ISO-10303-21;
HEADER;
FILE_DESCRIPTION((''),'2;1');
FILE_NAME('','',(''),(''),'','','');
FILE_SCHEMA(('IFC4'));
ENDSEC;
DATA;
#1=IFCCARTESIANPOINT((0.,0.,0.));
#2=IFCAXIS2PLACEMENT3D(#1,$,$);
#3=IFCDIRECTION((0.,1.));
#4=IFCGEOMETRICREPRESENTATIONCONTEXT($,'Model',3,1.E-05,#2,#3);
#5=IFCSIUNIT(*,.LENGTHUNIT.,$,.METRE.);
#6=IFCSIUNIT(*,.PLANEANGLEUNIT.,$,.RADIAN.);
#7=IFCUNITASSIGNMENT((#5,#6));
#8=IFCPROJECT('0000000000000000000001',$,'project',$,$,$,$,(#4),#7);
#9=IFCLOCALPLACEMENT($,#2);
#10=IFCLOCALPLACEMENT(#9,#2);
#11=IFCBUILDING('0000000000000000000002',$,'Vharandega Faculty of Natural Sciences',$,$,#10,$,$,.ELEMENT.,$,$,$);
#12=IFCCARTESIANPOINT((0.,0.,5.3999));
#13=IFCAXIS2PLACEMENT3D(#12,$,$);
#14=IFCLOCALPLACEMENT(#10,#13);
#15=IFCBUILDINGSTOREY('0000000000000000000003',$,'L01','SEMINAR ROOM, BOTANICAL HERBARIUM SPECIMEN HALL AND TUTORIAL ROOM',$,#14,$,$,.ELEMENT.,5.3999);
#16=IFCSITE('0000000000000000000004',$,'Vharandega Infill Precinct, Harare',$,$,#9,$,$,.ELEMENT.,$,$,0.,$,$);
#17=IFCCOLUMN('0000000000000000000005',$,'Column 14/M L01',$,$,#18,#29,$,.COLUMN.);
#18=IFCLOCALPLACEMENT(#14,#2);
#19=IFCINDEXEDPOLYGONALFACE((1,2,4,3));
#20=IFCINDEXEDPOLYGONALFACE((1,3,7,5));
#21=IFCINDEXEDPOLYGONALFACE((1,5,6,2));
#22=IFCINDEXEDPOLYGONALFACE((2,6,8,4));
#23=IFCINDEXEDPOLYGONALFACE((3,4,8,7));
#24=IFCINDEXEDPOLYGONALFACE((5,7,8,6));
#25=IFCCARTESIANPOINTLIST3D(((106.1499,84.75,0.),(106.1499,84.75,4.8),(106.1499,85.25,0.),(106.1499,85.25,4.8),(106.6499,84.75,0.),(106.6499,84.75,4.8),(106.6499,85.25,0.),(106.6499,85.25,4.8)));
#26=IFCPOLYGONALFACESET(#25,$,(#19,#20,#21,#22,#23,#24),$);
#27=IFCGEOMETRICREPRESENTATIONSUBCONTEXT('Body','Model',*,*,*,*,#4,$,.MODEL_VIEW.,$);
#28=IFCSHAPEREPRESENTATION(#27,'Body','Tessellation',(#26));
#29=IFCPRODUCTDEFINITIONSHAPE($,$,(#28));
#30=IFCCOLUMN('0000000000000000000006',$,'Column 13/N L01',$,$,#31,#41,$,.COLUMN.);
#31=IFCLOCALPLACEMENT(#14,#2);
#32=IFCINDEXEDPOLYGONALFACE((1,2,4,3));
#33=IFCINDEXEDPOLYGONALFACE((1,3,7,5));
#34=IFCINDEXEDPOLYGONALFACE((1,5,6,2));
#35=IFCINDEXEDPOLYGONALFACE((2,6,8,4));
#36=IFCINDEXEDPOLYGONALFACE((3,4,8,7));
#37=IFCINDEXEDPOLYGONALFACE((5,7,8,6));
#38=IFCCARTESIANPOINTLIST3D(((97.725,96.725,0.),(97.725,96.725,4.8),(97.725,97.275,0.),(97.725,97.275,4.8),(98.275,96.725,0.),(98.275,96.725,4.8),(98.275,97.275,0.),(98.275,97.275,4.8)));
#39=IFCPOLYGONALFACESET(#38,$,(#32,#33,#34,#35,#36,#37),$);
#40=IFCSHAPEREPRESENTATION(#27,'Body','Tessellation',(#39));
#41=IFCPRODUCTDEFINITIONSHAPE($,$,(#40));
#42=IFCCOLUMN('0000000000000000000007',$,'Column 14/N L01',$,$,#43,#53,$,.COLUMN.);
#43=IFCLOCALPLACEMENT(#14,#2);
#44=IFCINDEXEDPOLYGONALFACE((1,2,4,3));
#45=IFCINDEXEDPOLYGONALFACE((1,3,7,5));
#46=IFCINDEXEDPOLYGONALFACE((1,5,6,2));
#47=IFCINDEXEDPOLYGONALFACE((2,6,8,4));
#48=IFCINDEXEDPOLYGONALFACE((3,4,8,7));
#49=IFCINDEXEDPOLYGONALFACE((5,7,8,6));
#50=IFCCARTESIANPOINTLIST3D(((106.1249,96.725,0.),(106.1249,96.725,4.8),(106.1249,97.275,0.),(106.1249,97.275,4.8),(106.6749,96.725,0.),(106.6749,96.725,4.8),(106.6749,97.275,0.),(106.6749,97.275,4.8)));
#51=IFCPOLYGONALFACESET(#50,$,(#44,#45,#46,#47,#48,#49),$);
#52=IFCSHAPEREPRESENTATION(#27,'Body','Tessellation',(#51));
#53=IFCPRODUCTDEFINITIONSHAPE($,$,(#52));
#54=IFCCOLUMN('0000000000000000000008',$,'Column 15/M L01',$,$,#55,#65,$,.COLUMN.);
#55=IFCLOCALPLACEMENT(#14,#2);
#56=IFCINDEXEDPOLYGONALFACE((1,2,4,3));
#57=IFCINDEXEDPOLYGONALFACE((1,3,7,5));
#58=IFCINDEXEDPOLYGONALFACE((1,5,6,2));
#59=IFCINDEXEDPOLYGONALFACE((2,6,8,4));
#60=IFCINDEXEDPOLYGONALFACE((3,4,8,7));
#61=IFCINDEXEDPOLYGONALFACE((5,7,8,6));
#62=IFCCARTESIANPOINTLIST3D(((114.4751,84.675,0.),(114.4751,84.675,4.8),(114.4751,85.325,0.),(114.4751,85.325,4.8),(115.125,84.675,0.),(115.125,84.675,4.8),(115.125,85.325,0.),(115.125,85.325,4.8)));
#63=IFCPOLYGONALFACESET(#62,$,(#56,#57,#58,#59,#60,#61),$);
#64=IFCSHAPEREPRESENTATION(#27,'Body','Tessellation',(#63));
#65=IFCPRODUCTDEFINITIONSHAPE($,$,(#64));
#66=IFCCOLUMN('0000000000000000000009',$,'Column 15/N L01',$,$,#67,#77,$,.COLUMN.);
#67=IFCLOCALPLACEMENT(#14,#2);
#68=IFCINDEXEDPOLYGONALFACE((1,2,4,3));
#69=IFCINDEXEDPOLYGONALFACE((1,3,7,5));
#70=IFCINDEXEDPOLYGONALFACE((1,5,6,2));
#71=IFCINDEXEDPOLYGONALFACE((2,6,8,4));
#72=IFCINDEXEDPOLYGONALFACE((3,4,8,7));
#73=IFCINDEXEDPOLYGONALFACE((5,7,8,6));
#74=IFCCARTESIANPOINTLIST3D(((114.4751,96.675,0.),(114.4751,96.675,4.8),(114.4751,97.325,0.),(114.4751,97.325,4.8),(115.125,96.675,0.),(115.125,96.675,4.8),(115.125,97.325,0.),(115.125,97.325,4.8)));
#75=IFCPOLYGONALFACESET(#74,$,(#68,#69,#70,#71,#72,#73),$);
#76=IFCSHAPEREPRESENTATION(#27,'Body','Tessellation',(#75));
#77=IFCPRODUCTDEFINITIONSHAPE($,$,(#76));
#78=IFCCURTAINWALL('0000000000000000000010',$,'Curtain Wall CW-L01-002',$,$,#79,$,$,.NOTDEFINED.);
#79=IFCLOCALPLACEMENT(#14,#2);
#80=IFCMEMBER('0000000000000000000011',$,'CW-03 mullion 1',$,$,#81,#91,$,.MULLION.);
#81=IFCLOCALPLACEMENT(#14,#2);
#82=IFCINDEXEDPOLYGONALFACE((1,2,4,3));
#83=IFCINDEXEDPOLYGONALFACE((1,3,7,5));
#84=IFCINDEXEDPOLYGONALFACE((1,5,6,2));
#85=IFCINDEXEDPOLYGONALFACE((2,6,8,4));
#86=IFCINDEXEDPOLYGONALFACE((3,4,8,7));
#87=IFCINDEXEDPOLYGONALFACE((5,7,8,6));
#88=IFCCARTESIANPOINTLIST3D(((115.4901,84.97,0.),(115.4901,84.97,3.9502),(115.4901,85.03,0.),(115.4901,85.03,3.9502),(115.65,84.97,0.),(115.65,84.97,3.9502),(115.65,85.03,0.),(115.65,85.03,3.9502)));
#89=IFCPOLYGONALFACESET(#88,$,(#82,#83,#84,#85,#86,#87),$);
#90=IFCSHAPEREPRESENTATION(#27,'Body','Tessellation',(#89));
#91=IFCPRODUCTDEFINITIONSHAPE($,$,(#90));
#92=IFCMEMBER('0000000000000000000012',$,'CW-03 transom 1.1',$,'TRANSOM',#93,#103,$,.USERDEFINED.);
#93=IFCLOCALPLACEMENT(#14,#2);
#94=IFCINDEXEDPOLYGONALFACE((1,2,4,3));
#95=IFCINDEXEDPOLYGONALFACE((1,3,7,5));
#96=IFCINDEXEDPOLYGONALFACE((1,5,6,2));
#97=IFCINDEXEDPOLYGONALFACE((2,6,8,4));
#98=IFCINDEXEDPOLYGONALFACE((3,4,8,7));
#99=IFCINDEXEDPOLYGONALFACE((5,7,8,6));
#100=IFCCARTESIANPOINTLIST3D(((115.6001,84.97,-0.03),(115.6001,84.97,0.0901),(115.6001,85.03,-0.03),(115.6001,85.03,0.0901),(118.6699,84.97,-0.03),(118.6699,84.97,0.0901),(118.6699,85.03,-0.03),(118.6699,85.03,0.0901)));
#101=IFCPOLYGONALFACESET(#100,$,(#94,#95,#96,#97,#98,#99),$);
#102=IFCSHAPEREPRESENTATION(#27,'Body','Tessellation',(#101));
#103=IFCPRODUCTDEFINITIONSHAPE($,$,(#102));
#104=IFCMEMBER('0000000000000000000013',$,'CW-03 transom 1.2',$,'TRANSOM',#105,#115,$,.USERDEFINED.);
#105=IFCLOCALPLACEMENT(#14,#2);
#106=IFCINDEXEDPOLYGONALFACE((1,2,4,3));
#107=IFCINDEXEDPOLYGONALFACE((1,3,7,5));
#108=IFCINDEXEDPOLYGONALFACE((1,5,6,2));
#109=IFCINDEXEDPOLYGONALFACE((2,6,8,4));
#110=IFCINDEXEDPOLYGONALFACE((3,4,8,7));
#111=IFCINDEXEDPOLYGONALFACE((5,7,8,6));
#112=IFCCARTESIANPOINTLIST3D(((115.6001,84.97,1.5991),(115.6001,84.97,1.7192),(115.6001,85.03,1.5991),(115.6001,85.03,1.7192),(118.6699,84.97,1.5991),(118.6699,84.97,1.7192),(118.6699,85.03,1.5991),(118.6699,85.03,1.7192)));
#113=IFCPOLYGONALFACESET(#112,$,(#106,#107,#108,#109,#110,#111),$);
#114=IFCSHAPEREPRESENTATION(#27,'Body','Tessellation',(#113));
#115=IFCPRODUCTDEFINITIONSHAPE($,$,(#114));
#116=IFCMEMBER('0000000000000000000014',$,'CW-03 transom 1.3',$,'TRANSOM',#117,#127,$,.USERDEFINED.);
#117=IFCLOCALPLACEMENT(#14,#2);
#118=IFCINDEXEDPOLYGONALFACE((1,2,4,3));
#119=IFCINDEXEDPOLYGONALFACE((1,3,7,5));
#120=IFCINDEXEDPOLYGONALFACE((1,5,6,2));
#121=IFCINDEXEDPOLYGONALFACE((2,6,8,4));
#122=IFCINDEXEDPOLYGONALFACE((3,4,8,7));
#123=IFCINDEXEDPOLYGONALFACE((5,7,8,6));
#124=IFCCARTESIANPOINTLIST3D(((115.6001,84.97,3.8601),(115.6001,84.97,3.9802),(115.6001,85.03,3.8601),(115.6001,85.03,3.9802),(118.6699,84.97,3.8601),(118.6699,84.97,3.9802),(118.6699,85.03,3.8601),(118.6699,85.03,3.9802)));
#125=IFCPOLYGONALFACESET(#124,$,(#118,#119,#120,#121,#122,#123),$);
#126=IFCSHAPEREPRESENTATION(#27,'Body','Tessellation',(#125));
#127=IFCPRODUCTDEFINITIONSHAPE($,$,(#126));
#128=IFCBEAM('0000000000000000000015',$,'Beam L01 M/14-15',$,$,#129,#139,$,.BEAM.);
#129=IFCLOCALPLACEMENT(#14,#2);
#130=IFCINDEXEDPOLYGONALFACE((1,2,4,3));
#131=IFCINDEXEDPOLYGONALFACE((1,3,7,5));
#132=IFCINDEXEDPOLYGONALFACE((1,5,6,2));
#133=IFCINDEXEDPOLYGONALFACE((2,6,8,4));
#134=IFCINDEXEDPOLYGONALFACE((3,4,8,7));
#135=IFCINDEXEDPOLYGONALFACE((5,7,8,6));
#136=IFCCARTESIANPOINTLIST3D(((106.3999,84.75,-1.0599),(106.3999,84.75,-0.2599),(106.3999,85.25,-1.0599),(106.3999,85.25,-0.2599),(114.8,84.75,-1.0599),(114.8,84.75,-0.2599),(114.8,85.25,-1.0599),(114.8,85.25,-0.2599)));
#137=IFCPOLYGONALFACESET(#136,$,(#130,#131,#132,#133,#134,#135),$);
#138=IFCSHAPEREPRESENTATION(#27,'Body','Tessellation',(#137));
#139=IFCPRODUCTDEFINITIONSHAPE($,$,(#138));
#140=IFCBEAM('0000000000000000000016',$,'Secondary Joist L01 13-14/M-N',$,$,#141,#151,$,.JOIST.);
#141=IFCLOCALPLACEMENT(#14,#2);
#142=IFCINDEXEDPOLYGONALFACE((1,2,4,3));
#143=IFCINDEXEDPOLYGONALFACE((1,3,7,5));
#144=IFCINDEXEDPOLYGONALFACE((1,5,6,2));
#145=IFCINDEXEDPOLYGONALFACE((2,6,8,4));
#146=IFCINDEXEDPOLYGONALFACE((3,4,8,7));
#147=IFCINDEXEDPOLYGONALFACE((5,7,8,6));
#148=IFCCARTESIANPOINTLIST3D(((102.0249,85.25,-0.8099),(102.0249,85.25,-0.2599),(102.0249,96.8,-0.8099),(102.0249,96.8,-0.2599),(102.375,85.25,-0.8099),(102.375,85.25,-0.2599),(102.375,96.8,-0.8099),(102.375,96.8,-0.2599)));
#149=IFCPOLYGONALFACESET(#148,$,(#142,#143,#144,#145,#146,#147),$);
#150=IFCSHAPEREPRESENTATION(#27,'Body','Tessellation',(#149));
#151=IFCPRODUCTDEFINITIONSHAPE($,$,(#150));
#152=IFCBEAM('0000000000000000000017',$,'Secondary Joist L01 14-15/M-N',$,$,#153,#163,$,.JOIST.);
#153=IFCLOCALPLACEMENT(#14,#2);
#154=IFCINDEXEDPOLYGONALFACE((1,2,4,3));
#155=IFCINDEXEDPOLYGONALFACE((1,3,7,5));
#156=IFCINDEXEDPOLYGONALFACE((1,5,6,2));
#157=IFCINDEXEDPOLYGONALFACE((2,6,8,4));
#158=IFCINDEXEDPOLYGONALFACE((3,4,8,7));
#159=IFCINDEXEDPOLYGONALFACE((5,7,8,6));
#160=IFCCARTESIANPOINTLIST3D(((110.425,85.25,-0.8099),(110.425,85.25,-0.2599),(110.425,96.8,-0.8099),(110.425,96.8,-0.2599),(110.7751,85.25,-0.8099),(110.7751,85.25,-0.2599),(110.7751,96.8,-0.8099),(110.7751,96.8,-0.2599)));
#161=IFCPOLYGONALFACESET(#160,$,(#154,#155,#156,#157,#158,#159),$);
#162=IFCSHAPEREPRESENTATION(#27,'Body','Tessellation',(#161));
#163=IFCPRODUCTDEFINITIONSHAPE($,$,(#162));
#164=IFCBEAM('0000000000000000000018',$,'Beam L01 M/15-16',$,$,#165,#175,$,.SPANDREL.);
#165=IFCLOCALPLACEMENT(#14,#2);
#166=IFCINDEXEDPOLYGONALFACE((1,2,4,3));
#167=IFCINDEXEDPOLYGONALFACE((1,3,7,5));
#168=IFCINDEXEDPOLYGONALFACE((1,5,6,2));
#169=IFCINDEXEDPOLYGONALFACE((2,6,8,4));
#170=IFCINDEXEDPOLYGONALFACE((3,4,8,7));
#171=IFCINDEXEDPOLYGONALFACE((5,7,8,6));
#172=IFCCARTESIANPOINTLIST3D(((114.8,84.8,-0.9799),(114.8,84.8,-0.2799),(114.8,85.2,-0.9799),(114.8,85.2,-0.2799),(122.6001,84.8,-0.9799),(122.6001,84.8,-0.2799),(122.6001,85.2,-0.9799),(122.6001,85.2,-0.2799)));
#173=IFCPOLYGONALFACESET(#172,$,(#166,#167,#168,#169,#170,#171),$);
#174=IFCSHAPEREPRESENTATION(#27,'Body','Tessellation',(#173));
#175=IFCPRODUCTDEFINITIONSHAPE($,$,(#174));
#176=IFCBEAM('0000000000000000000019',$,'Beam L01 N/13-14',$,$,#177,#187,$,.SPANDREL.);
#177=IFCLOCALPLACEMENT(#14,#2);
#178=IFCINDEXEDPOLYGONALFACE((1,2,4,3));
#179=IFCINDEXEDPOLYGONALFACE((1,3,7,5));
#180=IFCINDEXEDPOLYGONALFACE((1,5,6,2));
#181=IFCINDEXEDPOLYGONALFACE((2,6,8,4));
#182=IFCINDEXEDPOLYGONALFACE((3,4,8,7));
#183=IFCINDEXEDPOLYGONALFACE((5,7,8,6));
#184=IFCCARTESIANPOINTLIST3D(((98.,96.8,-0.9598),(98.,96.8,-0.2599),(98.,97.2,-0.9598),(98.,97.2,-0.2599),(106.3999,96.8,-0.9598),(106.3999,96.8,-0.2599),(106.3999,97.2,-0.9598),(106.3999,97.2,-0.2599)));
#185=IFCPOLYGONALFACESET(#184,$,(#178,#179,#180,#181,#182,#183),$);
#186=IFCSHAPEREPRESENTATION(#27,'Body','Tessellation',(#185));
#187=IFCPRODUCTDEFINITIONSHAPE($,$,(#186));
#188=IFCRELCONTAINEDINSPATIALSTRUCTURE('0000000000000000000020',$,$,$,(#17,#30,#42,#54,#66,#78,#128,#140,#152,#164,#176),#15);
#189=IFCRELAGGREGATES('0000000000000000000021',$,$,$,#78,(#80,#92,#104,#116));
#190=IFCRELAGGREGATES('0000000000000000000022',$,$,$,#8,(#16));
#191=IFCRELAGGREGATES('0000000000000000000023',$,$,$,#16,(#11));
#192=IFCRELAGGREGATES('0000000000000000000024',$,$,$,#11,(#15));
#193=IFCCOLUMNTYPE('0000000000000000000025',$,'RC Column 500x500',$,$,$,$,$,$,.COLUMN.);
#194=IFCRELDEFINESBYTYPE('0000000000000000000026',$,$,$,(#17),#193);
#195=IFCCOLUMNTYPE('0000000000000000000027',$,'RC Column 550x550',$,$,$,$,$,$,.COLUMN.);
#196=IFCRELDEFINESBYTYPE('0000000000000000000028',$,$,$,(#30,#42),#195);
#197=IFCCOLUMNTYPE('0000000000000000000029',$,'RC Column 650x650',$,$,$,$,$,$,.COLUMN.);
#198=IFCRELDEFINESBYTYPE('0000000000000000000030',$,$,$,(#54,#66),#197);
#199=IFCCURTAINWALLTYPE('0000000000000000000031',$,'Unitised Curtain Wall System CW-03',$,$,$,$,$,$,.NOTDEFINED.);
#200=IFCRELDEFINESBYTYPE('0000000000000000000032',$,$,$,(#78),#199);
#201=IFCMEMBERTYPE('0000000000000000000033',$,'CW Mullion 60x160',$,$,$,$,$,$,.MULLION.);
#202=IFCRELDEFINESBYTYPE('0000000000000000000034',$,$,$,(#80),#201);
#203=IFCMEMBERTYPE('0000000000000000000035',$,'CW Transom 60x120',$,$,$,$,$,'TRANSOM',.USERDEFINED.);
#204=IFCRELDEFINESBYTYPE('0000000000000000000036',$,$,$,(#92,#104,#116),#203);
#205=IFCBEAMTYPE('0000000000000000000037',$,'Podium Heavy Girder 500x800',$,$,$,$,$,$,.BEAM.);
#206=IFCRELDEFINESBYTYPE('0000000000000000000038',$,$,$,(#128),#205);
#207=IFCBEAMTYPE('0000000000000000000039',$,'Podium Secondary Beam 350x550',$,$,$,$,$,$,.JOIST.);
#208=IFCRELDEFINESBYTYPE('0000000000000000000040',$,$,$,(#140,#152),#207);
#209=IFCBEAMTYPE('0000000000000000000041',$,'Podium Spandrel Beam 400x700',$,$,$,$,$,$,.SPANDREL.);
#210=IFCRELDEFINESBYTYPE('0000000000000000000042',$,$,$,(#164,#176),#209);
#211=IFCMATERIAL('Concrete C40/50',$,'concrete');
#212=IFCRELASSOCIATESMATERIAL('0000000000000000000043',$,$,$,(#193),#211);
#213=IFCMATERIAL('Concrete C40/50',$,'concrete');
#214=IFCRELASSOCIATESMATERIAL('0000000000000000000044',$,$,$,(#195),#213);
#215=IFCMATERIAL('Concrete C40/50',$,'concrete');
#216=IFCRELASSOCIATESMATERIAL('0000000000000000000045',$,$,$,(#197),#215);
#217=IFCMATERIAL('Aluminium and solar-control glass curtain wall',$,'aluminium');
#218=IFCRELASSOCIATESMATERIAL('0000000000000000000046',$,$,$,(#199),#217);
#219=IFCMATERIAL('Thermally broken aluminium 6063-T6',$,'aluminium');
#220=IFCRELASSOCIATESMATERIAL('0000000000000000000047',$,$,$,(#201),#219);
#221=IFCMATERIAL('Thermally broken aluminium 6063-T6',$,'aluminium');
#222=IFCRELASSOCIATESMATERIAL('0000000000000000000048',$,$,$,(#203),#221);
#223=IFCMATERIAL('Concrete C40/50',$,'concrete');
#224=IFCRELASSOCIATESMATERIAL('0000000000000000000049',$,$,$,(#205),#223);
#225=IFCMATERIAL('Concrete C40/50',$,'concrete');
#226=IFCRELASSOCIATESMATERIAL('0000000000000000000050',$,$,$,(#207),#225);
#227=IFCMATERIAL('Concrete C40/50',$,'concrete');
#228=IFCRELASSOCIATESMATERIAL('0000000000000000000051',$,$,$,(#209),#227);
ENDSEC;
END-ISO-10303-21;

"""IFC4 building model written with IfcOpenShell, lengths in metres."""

from ifc_helpers import new_model, si_unit, direction, frame, origin, origin_2d, place, context, subcontext, project, spatial, rectangle, extrude, material, material_profile, profile_set, type_object, element, aggregate, save


model = new_model("IFC4")

# Units and contexts
model_context = context("Model", 3, precision=1e-05, world=origin(), true_north=direction((0.0, 1.0)))
body_context = subcontext(model_context, "Body", "Model", "MODEL_VIEW")
ifc_project = project(units=[si_unit("LENGTHUNIT", "METRE"), si_unit("PLANEANGLEUNIT", "RADIAN")], contexts=[model_context])

# Site, building, storey
site_placement = place(None, origin())
site = spatial("IfcSite", under=ifc_project, at=site_placement, Name="Vharandega Infill Precinct, Harare", CompositionType="ELEMENT", RefElevation=0.0)
building_placement = place(site_placement, origin())
building = spatial("IfcBuilding", under=site, at=building_placement, Name="Vharandega Faculty of Natural Sciences", CompositionType="ELEMENT")
storey_placement = place(building_placement, frame((0.0, 0.0, 5.3999)))
storey = spatial("IfcBuildingStorey", under=building, at=storey_placement, Name="L01", Description="SEMINAR ROOM, BOTANICAL HERBARIUM SPECIMEN HALL AND TUTORIAL ROOM", CompositionType="ELEMENT", Elevation=5.3999)

# Columns
ifc_material_1 = material(Name="Concrete C40/50", Category="concrete")
ifc_material_profile_1 = material_profile(ifc_material_1, rectangle(XDim=0.5, YDim=0.5, at=origin_2d()), Name="RC 500x500")
ifc_profile_set_1 = profile_set([ifc_material_profile_1], Name="Concrete C40/50")
column_type_1 = type_object("IfcColumnType", Name="RC Column 500x500", PredefinedType="COLUMN", material=ifc_profile_set_1)
column_placement = place(storey_placement, frame((106.3999, 85.0, 0.0), z_axis=(0.0, 0.0, 1.0), x_axis=(1.0, 0.0, 0.0)))
element("IfcColumn", 1, at=column_placement, inside=storey, type_object=column_type_1, Name="Column 14/M L01", PredefinedType="COLUMN", context=body_context, shape_type="SweptSolid", body=[
    extrude(rectangle(XDim=0.5, YDim=0.5, at=origin_2d()), origin(), (0.0, 0.0, 1.0), 4.8),
])
ifc_material_2 = material(Name="Concrete C40/50", Category="concrete")
ifc_material_profile_2 = material_profile(ifc_material_2, rectangle(XDim=0.55, YDim=0.55, at=origin_2d()), Name="RC 550x550")
ifc_profile_set_2 = profile_set([ifc_material_profile_2], Name="Concrete C40/50")
column_type_2 = type_object("IfcColumnType", Name="RC Column 550x550", PredefinedType="COLUMN", material=ifc_profile_set_2)
for number, where, z_axis, x_axis, name in (
    (2, (98.0, 97.0, 0.0), (0.0, 0.0, 1.0), (1.0, 0.0, 0.0), "Column 13/N L01"),
    (3, (106.3999, 97.0, 0.0), (0.0, 0.0, 1.0), (1.0, 0.0, 0.0), "Column 14/N L01"),
):
    element("IfcColumn", number, at=place(storey_placement, frame(where, z_axis=z_axis, x_axis=x_axis)), inside=storey, type_object=column_type_2, Name=name, PredefinedType="COLUMN", context=body_context, shape_type="SweptSolid", body=[
        extrude(rectangle(XDim=0.55, YDim=0.55, at=origin_2d()), origin(), (0.0, 0.0, 1.0), 4.8),
    ])
ifc_material_3 = material(Name="Concrete C40/50", Category="concrete")
ifc_material_profile_3 = material_profile(ifc_material_3, rectangle(XDim=0.6499, YDim=0.6499, at=origin_2d()), Name="RC 650x650")
ifc_profile_set_3 = profile_set([ifc_material_profile_3], Name="Concrete C40/50")
column_type_3 = type_object("IfcColumnType", Name="RC Column 650x650", PredefinedType="COLUMN", material=ifc_profile_set_3)
for number, where, z_axis, x_axis, name in (
    (4, (114.8, 85.0, 0.0), (0.0, 0.0, 1.0), (1.0, 0.0, 0.0), "Column 15/M L01"),
    (5, (114.8, 97.0, 0.0), (0.0, 0.0, 1.0), (1.0, 0.0, 0.0), "Column 15/N L01"),
):
    element("IfcColumn", number, at=place(storey_placement, frame(where, z_axis=z_axis, x_axis=x_axis)), inside=storey, type_object=column_type_3, Name=name, PredefinedType="COLUMN", context=body_context, shape_type="SweptSolid", body=[
        extrude(rectangle(XDim=0.6499, YDim=0.6499, at=origin_2d()), origin(), (0.0, 0.0, 1.0), 4.8),
    ])

# Curtain wall, members
ifc_material_4 = material(Name="Aluminium and solar-control glass curtain wall", Category="aluminium")
curtain_wall_type = type_object("IfcCurtainWallType", Name="Unitised Curtain Wall System CW-03", PredefinedType="NOTDEFINED", material=ifc_material_4)
curtain_wall_placement = place(storey_placement, origin())
curtain_wall = element("IfcCurtainWall", 6, at=curtain_wall_placement, inside=storey, type_object=curtain_wall_type, Name="Curtain Wall CW-L01-002", PredefinedType="NOTDEFINED")
ifc_material_5 = material(Name="Thermally broken aluminium 6063-T6", Category="aluminium")
ifc_material_profile_4 = material_profile(ifc_material_5, rectangle(XDim=0.0601, YDim=0.1599, at=origin_2d()), Name="ALU 60x160")
ifc_profile_set_4 = profile_set([ifc_material_profile_4], Name="Thermally broken aluminium 6063-T6")
member_type_1 = type_object("IfcMemberType", Name="CW Mullion 60x160", PredefinedType="MULLION", material=ifc_profile_set_4)
member_1_placement = place(storey_placement, frame((115.5701, 85.0, 0.0), z_axis=(0.0, 0.0, 1.0), x_axis=(0.0, 1.0, 0.0)))
member_1 = element("IfcMember", 7, at=member_1_placement, type_object=member_type_1, Name="CW-03 mullion 1", PredefinedType="MULLION", context=body_context, shape_type="SweptSolid", body=[
    extrude(rectangle(XDim=0.0601, YDim=0.1599, at=origin_2d()), origin(), (0.0, 0.0, 1.0), 3.9502),
])
ifc_material_6 = material(Name="Thermally broken aluminium 6063-T6", Category="aluminium")
ifc_material_profile_5 = material_profile(ifc_material_6, rectangle(XDim=0.0601, YDim=0.1201, at=origin_2d()), Name="ALU 60x120")
ifc_profile_set_5 = profile_set([ifc_material_profile_5], Name="Thermally broken aluminium 6063-T6")
member_type_2 = type_object("IfcMemberType", Name="CW Transom 60x120", ElementType="TRANSOM", PredefinedType="USERDEFINED", material=ifc_profile_set_5)
member_2_placement = place(storey_placement, frame((115.6001, 85.0, 0.03), z_axis=(1.0, 0.0, 0.0), x_axis=(0.0, 1.0, 0.0)))
member_2 = element("IfcMember", 8, at=member_2_placement, type_object=member_type_2, Name="CW-03 transom 1.1", ObjectType="TRANSOM", PredefinedType="USERDEFINED", context=body_context, shape_type="SweptSolid", body=[
    extrude(rectangle(XDim=0.0601, YDim=0.1201, at=origin_2d()), origin(), (0.0, 0.0, 1.0), 3.0698),
])
member_3_placement = place(storey_placement, frame((115.6001, 85.0, 1.6592), z_axis=(1.0, 0.0, 0.0), x_axis=(0.0, 1.0, 0.0)))
member_3 = element("IfcMember", 9, at=member_3_placement, type_object=member_type_2, Name="CW-03 transom 1.2", ObjectType="TRANSOM", PredefinedType="USERDEFINED", context=body_context, shape_type="SweptSolid", body=[
    extrude(rectangle(XDim=0.0601, YDim=0.1201, at=origin_2d()), origin(), (0.0, 0.0, 1.0), 3.0698),
])
member_4_placement = place(storey_placement, frame((115.6001, 85.0, 3.9202), z_axis=(1.0, 0.0, 0.0), x_axis=(0.0, 1.0, 0.0)))
member_4 = element("IfcMember", 10, at=member_4_placement, type_object=member_type_2, Name="CW-03 transom 1.3", ObjectType="TRANSOM", PredefinedType="USERDEFINED", context=body_context, shape_type="SweptSolid", body=[
    extrude(rectangle(XDim=0.0601, YDim=0.1201, at=origin_2d()), origin(), (0.0, 0.0, 1.0), 3.0698),
])

# Beams
ifc_material_7 = material(Name="Concrete C40/50", Category="concrete")
ifc_material_profile_6 = material_profile(ifc_material_7, rectangle(XDim=0.5, YDim=0.8, at=origin_2d()), Name="RC 500x800")
ifc_profile_set_6 = profile_set([ifc_material_profile_6], Name="Concrete C40/50")
beam_type_1 = type_object("IfcBeamType", Name="Podium Heavy Girder 500x800", PredefinedType="BEAM", material=ifc_profile_set_6)
beam_1_placement = place(storey_placement, frame((106.3999, 85.0, -0.6599), z_axis=(1.0, 0.0, 0.0), x_axis=(0.0, 1.0, 0.0)))
element("IfcBeam", 11, at=beam_1_placement, inside=storey, type_object=beam_type_1, Name="Beam L01 M/14-15", PredefinedType="BEAM", context=body_context, shape_type="SweptSolid", body=[
    extrude(rectangle(XDim=0.5, YDim=0.8, at=origin_2d()), origin(), (0.0, 0.0, 1.0), 8.4001),
])
ifc_material_8 = material(Name="Concrete C40/50", Category="concrete")
ifc_material_profile_7 = material_profile(ifc_material_8, rectangle(XDim=0.3501, YDim=0.55, at=origin_2d()), Name="RC 350x550")
ifc_profile_set_7 = profile_set([ifc_material_profile_7], Name="Concrete C40/50")
beam_type_2 = type_object("IfcBeamType", Name="Podium Secondary Beam 350x550", PredefinedType="JOIST", material=ifc_profile_set_7)
for number, where, z_axis, x_axis, name in (
    (12, (102.2, 85.25, -0.5349), (0.0, 1.0, 0.0), (-1.0, 0.0, 0.0), "Secondary Joist L01 13-14/M-N"),
    (13, (110.6001, 85.25, -0.5349), (0.0, 1.0, 0.0), (-1.0, 0.0, 0.0), "Secondary Joist L01 14-15/M-N"),
):
    element("IfcBeam", number, at=place(storey_placement, frame(where, z_axis=z_axis, x_axis=x_axis)), inside=storey, type_object=beam_type_2, Name=name, PredefinedType="JOIST", context=body_context, shape_type="SweptSolid", body=[
        extrude(rectangle(XDim=0.3501, YDim=0.55, at=origin_2d()), origin(), (0.0, 0.0, 1.0), 11.55),
    ])
ifc_material_9 = material(Name="Concrete C40/50", Category="concrete")
ifc_material_profile_8 = material_profile(ifc_material_9, rectangle(XDim=0.3999, YDim=0.7, at=origin_2d()), Name="RC 400x700")
ifc_profile_set_8 = profile_set([ifc_material_profile_8], Name="Concrete C40/50")
beam_type_3 = type_object("IfcBeamType", Name="Podium Spandrel Beam 400x700", PredefinedType="SPANDREL", material=ifc_profile_set_8)
beam_2_placement = place(storey_placement, frame((114.8, 85.0, -0.6299), z_axis=(1.0, 0.0, 0.0), x_axis=(0.0, 1.0, 0.0)))
element("IfcBeam", 14, at=beam_2_placement, inside=storey, type_object=beam_type_3, Name="Beam L01 M/15-16", PredefinedType="SPANDREL", context=body_context, shape_type="SweptSolid", body=[
    extrude(rectangle(XDim=0.3999, YDim=0.7, at=origin_2d()), origin(), (0.0, 0.0, 1.0), 7.8),
])
beam_3_placement = place(storey_placement, frame((98.0, 97.0, -0.6099), z_axis=(1.0, 0.0, 0.0), x_axis=(0.0, 1.0, 0.0)))
element("IfcBeam", 15, at=beam_3_placement, inside=storey, type_object=beam_type_3, Name="Beam L01 N/13-14", PredefinedType="SPANDREL", context=body_context, shape_type="SweptSolid", body=[
    extrude(rectangle(XDim=0.3999, YDim=0.7, at=origin_2d()), origin(), (0.0, 0.0, 1.0), 8.3999),
])

aggregate(curtain_wall, [member_1, member_2, member_3, member_4])

save(model, "model.ifc")
